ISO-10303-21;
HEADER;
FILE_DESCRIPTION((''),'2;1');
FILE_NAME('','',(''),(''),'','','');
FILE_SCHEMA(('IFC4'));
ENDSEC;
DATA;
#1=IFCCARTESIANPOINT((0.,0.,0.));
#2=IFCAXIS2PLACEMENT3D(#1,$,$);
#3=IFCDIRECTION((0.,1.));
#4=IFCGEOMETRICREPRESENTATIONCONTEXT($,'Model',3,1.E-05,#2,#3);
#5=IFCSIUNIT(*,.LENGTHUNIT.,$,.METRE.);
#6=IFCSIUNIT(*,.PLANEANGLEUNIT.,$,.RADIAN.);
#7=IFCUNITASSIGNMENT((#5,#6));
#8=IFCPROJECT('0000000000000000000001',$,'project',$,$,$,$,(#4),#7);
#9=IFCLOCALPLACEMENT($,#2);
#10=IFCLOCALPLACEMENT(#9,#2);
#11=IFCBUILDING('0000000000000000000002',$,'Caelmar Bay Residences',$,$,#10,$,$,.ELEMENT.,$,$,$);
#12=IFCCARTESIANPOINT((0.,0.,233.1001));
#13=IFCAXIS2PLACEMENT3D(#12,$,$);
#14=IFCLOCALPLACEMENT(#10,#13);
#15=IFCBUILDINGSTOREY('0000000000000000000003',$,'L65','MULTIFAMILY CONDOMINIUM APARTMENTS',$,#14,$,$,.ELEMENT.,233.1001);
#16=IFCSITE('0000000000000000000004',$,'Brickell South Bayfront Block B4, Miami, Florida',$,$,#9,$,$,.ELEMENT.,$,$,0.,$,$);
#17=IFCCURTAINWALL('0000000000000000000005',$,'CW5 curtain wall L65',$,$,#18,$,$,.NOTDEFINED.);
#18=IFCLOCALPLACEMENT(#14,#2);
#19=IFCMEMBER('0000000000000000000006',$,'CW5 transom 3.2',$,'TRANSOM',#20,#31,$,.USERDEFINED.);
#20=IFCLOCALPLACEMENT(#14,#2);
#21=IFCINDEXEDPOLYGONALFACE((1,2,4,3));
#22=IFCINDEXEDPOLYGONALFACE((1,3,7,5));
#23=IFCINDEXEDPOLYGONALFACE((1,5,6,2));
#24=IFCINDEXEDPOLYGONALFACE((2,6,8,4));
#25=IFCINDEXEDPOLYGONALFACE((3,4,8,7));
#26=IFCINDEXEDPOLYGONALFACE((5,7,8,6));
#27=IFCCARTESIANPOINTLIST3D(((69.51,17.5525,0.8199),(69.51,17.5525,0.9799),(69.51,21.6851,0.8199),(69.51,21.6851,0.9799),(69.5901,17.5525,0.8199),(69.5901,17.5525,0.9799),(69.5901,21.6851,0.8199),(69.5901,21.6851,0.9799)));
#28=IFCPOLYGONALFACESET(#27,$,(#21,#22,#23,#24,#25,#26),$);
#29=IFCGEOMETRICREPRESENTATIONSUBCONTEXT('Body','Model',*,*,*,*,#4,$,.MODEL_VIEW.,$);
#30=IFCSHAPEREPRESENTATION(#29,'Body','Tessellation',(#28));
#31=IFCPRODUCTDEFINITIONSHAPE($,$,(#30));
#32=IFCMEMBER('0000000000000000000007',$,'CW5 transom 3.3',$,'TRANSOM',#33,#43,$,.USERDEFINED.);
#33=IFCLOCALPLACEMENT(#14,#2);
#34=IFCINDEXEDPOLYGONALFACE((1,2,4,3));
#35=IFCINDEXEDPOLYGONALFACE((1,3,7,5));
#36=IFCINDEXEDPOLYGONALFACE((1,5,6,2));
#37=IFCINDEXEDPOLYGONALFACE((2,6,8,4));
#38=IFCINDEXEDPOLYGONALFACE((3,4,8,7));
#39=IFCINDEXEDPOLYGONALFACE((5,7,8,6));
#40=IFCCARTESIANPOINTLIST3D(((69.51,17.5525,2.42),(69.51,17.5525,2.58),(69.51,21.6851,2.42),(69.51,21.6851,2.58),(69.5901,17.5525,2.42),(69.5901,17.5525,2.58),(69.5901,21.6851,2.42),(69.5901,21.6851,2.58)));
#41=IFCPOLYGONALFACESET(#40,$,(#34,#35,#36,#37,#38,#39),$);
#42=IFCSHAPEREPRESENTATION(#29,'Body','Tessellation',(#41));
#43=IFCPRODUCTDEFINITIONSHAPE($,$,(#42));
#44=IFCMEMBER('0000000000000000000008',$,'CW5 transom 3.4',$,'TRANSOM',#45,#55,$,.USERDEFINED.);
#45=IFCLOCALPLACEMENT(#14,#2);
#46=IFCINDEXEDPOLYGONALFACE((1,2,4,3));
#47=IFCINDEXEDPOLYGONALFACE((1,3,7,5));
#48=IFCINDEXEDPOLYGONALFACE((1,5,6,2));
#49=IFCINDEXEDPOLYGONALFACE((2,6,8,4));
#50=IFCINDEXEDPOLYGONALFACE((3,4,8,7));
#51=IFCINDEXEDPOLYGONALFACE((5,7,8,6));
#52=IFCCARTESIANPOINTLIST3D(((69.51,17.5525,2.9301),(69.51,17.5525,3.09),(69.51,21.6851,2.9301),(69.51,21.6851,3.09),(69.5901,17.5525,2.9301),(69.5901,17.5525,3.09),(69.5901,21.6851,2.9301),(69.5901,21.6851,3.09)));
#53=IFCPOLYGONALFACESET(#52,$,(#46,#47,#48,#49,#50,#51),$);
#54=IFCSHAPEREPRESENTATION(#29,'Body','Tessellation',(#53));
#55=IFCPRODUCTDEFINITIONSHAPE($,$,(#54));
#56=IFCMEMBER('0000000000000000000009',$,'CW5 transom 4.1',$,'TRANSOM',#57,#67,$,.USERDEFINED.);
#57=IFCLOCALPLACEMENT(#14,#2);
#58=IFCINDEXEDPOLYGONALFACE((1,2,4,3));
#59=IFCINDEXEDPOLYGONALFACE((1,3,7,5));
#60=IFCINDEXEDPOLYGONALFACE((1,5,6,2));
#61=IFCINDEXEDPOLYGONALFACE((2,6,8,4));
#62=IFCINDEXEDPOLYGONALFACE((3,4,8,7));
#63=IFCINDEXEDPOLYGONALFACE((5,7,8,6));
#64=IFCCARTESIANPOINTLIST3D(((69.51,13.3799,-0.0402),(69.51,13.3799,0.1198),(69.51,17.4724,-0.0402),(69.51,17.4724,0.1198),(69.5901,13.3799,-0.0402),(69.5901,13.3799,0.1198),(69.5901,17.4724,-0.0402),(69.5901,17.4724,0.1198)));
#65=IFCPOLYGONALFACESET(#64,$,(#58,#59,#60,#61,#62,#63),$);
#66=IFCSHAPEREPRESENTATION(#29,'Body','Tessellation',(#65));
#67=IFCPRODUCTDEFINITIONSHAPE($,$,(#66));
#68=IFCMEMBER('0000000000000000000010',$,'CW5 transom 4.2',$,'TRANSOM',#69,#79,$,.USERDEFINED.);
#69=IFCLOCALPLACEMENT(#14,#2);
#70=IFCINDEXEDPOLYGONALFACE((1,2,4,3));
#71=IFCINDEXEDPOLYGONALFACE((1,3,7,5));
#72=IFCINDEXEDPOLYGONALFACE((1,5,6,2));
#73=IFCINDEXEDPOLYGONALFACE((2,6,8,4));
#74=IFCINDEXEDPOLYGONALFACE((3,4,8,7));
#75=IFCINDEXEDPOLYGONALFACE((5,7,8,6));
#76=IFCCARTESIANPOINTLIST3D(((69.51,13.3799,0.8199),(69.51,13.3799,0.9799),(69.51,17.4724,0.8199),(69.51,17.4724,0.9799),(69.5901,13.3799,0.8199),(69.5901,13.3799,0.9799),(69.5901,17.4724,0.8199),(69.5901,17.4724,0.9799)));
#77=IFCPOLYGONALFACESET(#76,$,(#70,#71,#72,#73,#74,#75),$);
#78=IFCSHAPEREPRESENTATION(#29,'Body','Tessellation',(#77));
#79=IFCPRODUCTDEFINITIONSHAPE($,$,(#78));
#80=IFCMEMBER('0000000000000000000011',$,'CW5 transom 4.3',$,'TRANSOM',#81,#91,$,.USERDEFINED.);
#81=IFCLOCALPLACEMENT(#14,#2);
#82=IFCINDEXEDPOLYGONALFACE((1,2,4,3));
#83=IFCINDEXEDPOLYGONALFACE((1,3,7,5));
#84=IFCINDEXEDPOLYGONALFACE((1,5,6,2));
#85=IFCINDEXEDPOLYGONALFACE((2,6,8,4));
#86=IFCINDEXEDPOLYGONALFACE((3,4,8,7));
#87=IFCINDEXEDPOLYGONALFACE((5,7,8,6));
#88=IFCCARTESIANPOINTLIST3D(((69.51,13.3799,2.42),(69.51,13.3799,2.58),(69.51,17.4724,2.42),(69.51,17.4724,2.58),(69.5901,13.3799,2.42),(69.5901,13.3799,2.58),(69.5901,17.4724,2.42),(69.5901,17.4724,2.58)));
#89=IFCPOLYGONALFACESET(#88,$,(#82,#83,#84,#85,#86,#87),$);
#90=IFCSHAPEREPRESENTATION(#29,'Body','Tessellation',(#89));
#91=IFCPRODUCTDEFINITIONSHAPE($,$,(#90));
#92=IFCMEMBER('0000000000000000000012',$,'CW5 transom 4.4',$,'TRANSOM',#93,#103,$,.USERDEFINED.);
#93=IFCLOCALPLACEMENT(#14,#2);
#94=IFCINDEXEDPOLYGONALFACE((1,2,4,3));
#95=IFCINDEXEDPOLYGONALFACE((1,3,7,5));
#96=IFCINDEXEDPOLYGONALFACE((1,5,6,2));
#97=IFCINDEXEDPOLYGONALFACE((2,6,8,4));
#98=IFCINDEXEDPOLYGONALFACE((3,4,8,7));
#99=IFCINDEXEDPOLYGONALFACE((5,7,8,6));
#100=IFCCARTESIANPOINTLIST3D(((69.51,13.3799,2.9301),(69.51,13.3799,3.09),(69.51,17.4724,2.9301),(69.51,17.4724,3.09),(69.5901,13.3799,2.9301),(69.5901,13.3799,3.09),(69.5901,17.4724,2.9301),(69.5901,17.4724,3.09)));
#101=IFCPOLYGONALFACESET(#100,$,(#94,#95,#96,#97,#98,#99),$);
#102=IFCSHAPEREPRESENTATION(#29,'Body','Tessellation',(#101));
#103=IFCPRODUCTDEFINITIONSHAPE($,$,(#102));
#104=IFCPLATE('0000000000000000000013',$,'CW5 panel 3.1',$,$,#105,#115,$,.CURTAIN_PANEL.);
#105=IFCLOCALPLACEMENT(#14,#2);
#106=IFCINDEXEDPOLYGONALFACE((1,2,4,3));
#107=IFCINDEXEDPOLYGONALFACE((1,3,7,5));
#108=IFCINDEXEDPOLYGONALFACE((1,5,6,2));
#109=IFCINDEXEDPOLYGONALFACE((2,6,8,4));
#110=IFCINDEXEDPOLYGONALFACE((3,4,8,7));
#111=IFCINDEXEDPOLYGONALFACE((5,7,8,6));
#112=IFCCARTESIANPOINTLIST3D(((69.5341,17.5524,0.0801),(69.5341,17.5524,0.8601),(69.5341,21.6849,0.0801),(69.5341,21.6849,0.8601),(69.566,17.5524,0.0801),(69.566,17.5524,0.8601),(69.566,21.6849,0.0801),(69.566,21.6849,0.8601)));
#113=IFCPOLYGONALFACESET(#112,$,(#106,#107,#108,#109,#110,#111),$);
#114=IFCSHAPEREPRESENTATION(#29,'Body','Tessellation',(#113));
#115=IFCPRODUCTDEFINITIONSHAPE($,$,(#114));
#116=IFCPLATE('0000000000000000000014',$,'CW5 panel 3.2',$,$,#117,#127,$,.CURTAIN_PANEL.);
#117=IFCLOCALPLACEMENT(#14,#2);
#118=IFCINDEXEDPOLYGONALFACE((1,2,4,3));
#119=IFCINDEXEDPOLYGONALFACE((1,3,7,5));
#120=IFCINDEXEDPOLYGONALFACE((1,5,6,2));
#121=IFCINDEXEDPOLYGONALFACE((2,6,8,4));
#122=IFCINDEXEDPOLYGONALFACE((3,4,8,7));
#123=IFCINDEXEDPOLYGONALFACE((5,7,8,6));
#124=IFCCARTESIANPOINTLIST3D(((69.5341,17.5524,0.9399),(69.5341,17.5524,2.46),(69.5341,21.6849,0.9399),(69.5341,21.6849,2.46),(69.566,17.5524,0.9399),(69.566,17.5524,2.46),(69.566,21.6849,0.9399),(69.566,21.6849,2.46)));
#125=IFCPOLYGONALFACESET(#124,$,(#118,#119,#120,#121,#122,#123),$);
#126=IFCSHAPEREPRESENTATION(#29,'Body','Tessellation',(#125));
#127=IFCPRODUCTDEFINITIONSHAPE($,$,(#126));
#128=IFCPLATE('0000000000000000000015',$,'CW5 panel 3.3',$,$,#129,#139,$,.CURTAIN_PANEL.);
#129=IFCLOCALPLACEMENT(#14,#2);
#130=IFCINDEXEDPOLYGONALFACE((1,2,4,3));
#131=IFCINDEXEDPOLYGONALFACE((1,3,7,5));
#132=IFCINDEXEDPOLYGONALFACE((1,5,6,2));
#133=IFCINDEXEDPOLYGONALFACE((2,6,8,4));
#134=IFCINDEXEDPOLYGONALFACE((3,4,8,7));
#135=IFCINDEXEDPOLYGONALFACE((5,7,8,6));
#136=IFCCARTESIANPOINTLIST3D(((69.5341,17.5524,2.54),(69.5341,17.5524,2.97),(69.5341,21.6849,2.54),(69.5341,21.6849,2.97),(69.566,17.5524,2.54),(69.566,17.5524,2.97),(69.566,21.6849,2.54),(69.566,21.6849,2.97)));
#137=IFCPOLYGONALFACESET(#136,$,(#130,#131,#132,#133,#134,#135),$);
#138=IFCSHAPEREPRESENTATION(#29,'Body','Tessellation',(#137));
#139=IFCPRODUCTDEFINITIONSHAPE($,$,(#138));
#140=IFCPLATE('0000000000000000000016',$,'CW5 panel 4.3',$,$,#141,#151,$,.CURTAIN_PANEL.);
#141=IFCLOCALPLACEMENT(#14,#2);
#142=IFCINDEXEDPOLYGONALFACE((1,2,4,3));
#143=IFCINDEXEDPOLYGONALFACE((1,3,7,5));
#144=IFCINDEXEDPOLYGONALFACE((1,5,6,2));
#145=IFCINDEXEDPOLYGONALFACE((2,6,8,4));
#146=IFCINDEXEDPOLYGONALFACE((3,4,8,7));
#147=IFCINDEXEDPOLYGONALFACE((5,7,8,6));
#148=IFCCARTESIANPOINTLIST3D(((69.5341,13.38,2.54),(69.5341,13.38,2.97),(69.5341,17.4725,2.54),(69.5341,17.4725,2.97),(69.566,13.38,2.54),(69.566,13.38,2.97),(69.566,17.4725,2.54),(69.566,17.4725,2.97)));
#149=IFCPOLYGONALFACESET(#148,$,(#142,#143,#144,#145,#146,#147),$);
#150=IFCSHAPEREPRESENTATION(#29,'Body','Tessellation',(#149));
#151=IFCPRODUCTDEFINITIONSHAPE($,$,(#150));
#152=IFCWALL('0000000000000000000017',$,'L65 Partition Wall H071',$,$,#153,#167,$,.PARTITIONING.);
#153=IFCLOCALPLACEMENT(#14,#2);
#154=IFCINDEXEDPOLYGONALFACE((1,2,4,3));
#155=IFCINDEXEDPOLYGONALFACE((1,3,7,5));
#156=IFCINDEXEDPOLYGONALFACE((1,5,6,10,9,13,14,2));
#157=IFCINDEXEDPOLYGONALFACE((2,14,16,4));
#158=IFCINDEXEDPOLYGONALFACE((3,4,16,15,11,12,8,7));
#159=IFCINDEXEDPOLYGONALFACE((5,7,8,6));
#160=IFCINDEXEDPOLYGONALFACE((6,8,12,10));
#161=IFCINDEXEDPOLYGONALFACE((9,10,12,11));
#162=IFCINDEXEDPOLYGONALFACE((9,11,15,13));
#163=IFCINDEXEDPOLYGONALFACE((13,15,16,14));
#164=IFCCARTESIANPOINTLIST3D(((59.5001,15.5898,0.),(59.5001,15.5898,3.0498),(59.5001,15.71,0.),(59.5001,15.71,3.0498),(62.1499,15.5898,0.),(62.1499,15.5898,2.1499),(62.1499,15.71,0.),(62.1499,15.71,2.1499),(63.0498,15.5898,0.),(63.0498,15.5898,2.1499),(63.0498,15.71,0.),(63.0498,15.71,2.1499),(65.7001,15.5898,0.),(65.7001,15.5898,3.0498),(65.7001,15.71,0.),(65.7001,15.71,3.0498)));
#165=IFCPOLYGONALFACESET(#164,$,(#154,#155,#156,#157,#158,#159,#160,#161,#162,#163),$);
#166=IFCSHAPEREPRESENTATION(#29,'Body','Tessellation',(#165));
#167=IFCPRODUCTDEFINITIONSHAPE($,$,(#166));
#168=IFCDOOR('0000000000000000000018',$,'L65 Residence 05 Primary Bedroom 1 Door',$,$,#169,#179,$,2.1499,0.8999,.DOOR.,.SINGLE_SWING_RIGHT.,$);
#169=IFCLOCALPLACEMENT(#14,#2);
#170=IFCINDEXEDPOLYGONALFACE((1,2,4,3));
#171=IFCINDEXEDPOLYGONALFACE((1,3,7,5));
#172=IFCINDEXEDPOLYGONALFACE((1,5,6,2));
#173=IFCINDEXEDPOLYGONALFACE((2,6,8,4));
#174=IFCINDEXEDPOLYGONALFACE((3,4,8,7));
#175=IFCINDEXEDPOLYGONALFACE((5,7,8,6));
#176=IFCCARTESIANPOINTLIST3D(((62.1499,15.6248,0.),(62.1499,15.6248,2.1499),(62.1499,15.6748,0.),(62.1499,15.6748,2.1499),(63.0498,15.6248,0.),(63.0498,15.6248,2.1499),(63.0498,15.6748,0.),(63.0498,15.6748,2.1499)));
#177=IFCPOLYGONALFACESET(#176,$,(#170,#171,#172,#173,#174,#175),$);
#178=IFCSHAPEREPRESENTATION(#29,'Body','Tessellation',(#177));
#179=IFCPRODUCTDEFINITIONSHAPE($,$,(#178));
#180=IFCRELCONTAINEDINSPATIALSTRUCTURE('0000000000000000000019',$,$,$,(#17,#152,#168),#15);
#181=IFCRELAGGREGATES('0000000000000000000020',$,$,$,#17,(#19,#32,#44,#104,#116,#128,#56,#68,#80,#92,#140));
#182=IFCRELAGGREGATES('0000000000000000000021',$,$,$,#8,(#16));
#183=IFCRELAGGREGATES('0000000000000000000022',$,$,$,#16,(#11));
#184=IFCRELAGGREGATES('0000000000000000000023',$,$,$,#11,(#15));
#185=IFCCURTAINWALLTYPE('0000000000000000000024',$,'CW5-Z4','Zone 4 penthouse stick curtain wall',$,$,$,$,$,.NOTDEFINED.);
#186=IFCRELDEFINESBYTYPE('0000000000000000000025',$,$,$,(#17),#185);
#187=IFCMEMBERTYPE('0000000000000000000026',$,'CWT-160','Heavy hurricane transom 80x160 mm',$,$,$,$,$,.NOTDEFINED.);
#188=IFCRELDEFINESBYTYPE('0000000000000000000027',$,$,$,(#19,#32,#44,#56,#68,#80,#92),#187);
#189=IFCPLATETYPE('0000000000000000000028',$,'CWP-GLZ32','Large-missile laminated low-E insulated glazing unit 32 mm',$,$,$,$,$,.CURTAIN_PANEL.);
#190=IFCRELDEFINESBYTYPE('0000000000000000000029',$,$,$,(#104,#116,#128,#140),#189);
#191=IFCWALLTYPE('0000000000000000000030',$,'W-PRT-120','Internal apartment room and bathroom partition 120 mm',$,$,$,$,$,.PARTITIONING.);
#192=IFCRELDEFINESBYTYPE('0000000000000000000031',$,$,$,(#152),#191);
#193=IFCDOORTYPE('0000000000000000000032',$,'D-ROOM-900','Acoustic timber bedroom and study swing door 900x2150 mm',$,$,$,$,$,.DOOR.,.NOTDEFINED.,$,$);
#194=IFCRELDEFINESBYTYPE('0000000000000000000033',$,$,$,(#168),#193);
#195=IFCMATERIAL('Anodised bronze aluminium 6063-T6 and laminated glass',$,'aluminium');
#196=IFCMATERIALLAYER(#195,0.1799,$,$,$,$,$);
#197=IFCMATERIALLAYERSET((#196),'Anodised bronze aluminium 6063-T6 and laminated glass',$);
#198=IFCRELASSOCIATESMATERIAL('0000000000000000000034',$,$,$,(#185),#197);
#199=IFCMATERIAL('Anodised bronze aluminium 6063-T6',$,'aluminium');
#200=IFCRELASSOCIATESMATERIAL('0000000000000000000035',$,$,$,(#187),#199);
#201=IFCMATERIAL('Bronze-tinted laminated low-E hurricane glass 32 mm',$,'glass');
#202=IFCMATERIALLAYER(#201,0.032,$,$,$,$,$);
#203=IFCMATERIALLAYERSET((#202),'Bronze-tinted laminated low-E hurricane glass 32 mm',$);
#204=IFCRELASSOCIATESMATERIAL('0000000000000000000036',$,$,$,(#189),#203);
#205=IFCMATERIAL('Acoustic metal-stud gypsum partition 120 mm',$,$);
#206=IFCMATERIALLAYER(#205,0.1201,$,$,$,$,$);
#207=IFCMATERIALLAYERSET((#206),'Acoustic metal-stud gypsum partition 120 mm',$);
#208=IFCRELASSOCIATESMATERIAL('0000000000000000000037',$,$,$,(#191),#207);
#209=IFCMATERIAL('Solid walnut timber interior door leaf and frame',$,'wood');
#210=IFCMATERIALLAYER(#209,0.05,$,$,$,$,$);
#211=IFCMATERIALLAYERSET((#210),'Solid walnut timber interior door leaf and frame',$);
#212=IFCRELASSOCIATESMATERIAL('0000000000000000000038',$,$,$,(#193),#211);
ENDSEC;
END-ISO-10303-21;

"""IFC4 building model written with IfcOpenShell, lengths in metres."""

from ifc_helpers import new_model, si_unit, direction, frame, frame_2d, origin, origin_2d, place, context, subcontext, project, spatial, rectangle, extrude, material, layer, layer_set, material_profile, profile_set, type_object, element, fill, aggregate, save


model = new_model("IFC4")

# Units and contexts
model_context = context("Model", 3, precision=1e-05, world=origin(), true_north=direction((0.0, 1.0)))
body_context = subcontext(model_context, "Body", "Model", "MODEL_VIEW")
ifc_project = project(units=[si_unit("LENGTHUNIT", "METRE"), si_unit("PLANEANGLEUNIT", "RADIAN")], contexts=[model_context])

# Site, building, storey
site_placement = place(None, origin())
site = spatial("IfcSite", under=ifc_project, at=site_placement, Name="Brickell South Bayfront Block B4, Miami, Florida", CompositionType="ELEMENT", RefElevation=0.0)
building_placement = place(site_placement, origin())
building = spatial("IfcBuilding", under=site, at=building_placement, Name="Caelmar Bay Residences", CompositionType="ELEMENT")
storey_placement = place(building_placement, frame((0.0, 0.0, 233.1001)))
storey = spatial("IfcBuildingStorey", under=building, at=storey_placement, Name="L65", Description="MULTIFAMILY CONDOMINIUM APARTMENTS", CompositionType="ELEMENT", Elevation=233.1001)

# Curtain wall, members, plates
ifc_material_1 = material(Name="Anodised bronze aluminium 6063-T6 and laminated glass", Category="aluminium")
ifc_layer_1 = layer(ifc_material_1, 0.1799)
ifc_layer_set_1 = layer_set([ifc_layer_1], Name="Anodised bronze aluminium 6063-T6 and laminated glass")
curtain_wall_type = type_object("IfcCurtainWallType", Name="CW5-Z4", Description="Zone 4 penthouse stick curtain wall", PredefinedType="NOTDEFINED", material=ifc_layer_set_1)
curtain_wall_placement = place(storey_placement, origin())
curtain_wall = element("IfcCurtainWall", 1, at=curtain_wall_placement, inside=storey, type_object=curtain_wall_type, Name="CW5 curtain wall L65", PredefinedType="NOTDEFINED")
ifc_material_2 = material(Name="Anodised bronze aluminium 6063-T6", Category="aluminium")
ifc_material_profile_1 = material_profile(ifc_material_2, rectangle(XDim=0.0801, YDim=0.1599, at=origin_2d()), Name="CWT-80X160")
ifc_profile_set_1 = profile_set([ifc_material_profile_1], Name="Anodised bronze aluminium 6063-T6")
member_type_1 = type_object("IfcMemberType", Name="CWT-160", Description="Heavy hurricane transom 80x160 mm", PredefinedType="NOTDEFINED", material=ifc_profile_set_1)
member_1_placement = place(storey_placement, frame((69.55, 21.6851, 0.8999), z_axis=(0.0, -1.0, 0.0), x_axis=(1.0, 0.0, 0.0)))
member_1 = element("IfcMember", 2, at=member_1_placement, type_object=member_type_1, Name="CW5 transom 3.2", ObjectType="TRANSOM", PredefinedType="USERDEFINED", context=body_context, shape_type="SweptSolid", body=[
    extrude(rectangle(XDim=0.0801, YDim=0.1599, at=origin_2d()), origin(), (0.0, 0.0, 1.0), 4.1326),
])
member_2_placement = place(storey_placement, frame((69.55, 21.6851, 2.5), z_axis=(0.0, -1.0, 0.0), x_axis=(1.0, 0.0, 0.0)))
member_2 = element("IfcMember", 3, at=member_2_placement, type_object=member_type_1, Name="CW5 transom 3.3", ObjectType="TRANSOM", PredefinedType="USERDEFINED", context=body_context, shape_type="SweptSolid", body=[
    extrude(rectangle(XDim=0.0801, YDim=0.1599, at=origin_2d()), origin(), (0.0, 0.0, 1.0), 4.1326),
])
member_3_placement = place(storey_placement, frame((69.55, 21.6851, 3.01), z_axis=(0.0, -1.0, 0.0), x_axis=(1.0, 0.0, 0.0)))
member_3 = element("IfcMember", 4, at=member_3_placement, type_object=member_type_1, Name="CW5 transom 3.4", ObjectType="TRANSOM", PredefinedType="USERDEFINED", context=body_context, shape_type="SweptSolid", body=[
    extrude(rectangle(XDim=0.0801, YDim=0.1599, at=origin_2d()), origin(), (0.0, 0.0, 1.0), 4.1326),
])
member_4_placement = place(storey_placement, frame((69.55, 17.4724, 0.0398), z_axis=(0.0, -1.0, 0.0), x_axis=(1.0, 0.0, 0.0)))
member_4 = element("IfcMember", 5, at=member_4_placement, type_object=member_type_1, Name="CW5 transom 4.1", ObjectType="TRANSOM", PredefinedType="USERDEFINED", context=body_context, shape_type="SweptSolid", body=[
    extrude(rectangle(XDim=0.0801, YDim=0.1599, at=origin_2d()), origin(), (0.0, 0.0, 1.0), 4.0925),
])
member_5_placement = place(storey_placement, frame((69.55, 17.4724, 0.8999), z_axis=(0.0, -1.0, 0.0), x_axis=(1.0, 0.0, 0.0)))
member_5 = element("IfcMember", 6, at=member_5_placement, type_object=member_type_1, Name="CW5 transom 4.2", ObjectType="TRANSOM", PredefinedType="USERDEFINED", context=body_context, shape_type="SweptSolid", body=[
    extrude(rectangle(XDim=0.0801, YDim=0.1599, at=origin_2d()), origin(), (0.0, 0.0, 1.0), 4.0925),
])
member_6_placement = place(storey_placement, frame((69.55, 17.4724, 2.5), z_axis=(0.0, -1.0, 0.0), x_axis=(1.0, 0.0, 0.0)))
member_6 = element("IfcMember", 7, at=member_6_placement, type_object=member_type_1, Name="CW5 transom 4.3", ObjectType="TRANSOM", PredefinedType="USERDEFINED", context=body_context, shape_type="SweptSolid", body=[
    extrude(rectangle(XDim=0.0801, YDim=0.1599, at=origin_2d()), origin(), (0.0, 0.0, 1.0), 4.0925),
])
member_7_placement = place(storey_placement, frame((69.55, 17.4724, 3.01), z_axis=(0.0, -1.0, 0.0), x_axis=(1.0, 0.0, 0.0)))
member_7 = element("IfcMember", 8, at=member_7_placement, type_object=member_type_1, Name="CW5 transom 4.4", ObjectType="TRANSOM", PredefinedType="USERDEFINED", context=body_context, shape_type="SweptSolid", body=[
    extrude(rectangle(XDim=0.0801, YDim=0.1599, at=origin_2d()), origin(), (0.0, 0.0, 1.0), 4.0925),
])
ifc_material_3 = material(Name="Bronze-tinted laminated low-E hurricane glass 32 mm", Category="glass")
ifc_layer_2 = layer(ifc_material_3, 0.032)
ifc_layer_set_2 = layer_set([ifc_layer_2], Name="Bronze-tinted laminated low-E hurricane glass 32 mm")
plate_type = type_object("IfcPlateType", Name="CWP-GLZ32", Description="Large-missile laminated low-E insulated glazing unit 32 mm", PredefinedType="CURTAIN_PANEL", material=ifc_layer_set_2)
plate_1_placement = place(storey_placement, frame((69.55, 19.6187, 0.0801), z_axis=(0.0, 0.0, 1.0), x_axis=(0.0, -1.0, 0.0)))
plate_1 = element("IfcPlate", 9, at=plate_1_placement, type_object=plate_type, Name="CW5 panel 3.1", PredefinedType="CURTAIN_PANEL", context=body_context, shape_type="SweptSolid", body=[
    extrude(rectangle(XDim=4.1326, YDim=0.032, at=origin_2d()), origin(), (0.0, 0.0, 1.0), 0.78),
])
plate_2_placement = place(storey_placement, frame((69.55, 19.6187, 0.9399), z_axis=(0.0, 0.0, 1.0), x_axis=(0.0, -1.0, 0.0)))
plate_2 = element("IfcPlate", 10, at=plate_2_placement, type_object=plate_type, Name="CW5 panel 3.2", PredefinedType="CURTAIN_PANEL", context=body_context, shape_type="SweptSolid", body=[
    extrude(rectangle(XDim=4.1326, YDim=0.032, at=origin_2d()), origin(), (0.0, 0.0, 1.0), 1.52),
])
plate_3_placement = place(storey_placement, frame((69.55, 19.6187, 2.54), z_axis=(0.0, 0.0, 1.0), x_axis=(0.0, -1.0, 0.0)))
plate_3 = element("IfcPlate", 11, at=plate_3_placement, type_object=plate_type, Name="CW5 panel 3.3", PredefinedType="CURTAIN_PANEL", context=body_context, shape_type="SweptSolid", body=[
    extrude(rectangle(XDim=4.1326, YDim=0.032, at=origin_2d()), origin(), (0.0, 0.0, 1.0), 0.4299),
])
plate_4_placement = place(storey_placement, frame((69.55, 15.4263, 2.54), z_axis=(0.0, 0.0, 1.0), x_axis=(0.0, -1.0, 0.0)))
plate_4 = element("IfcPlate", 12, at=plate_4_placement, type_object=plate_type, Name="CW5 panel 4.3", PredefinedType="CURTAIN_PANEL", context=body_context, shape_type="SweptSolid", body=[
    extrude(rectangle(XDim=4.0925, YDim=0.032, at=origin_2d()), origin(), (0.0, 0.0, 1.0), 0.4299),
])
aggregate(curtain_wall, [member_1, member_2, member_3, plate_1, plate_2, plate_3, member_4, member_5, member_6, member_7, plate_4])

# Wall, opening, door
ifc_material_4 = material(Name="Acoustic metal-stud gypsum partition 120 mm")
ifc_layer_3 = layer(ifc_material_4, 0.1201)
ifc_layer_set_3 = layer_set([ifc_layer_3], Name="Acoustic metal-stud gypsum partition 120 mm")
wall_type = type_object("IfcWallType", Name="W-PRT-120", Description="Internal apartment room and bathroom partition 120 mm", PredefinedType="PARTITIONING", material=ifc_layer_set_3)
wall_placement = place(storey_placement, frame((59.5, 15.6499, 0.0), z_axis=(0.0, 0.0, 1.0), x_axis=(1.0, 0.0, 0.0)))
wall = element("IfcWall", 13, at=wall_placement, inside=storey, type_object=wall_type, Name="L65 Partition Wall H071", PredefinedType="PARTITIONING", context=body_context, shape_type="SweptSolid", body=[
    extrude(rectangle(XDim=6.2, YDim=0.1201, at=frame_2d((3.1001, 0.0))), origin(), (0.0, 0.0, 1.0), 3.0498),
])
opening_placement = place(wall_placement, frame((2.6499, 0.0, 0.0)))
opening = element("IfcOpeningElement", 14, at=opening_placement, cuts=wall, PredefinedType="OPENING", context=body_context, shape_type="SweptSolid", body=[
    extrude(rectangle(XDim=0.8999, YDim=2.1499, at=frame_2d((0.45, 1.075))), frame((0.0, 0.0701, 0.0), z_axis=(0.0, -1.0, 0.0), x_axis=(1.0, 0.0, 0.0)), (0.0, 0.0, 1.0), 0.1401),
])
ifc_material_5 = material(Name="Solid walnut timber interior door leaf and frame", Category="wood")
ifc_layer_4 = layer(ifc_material_5, 0.05)
ifc_layer_set_4 = layer_set([ifc_layer_4], Name="Solid walnut timber interior door leaf and frame")
door_type = type_object("IfcDoorType", Name="D-ROOM-900", Description="Acoustic timber bedroom and study swing door 900x2150 mm", OperationType="NOTDEFINED", PredefinedType="DOOR", material=ifc_layer_set_4)
door_placement = place(opening_placement, origin())
door = element("IfcDoor", 15, at=door_placement, inside=storey, type_object=door_type, Name="L65 Residence 05 Primary Bedroom 1 Door", OperationType="SINGLE_SWING_RIGHT", OverallHeight=2.1499, OverallWidth=0.8999, PredefinedType="DOOR", context=body_context, shape_type="SweptSolid", body=[
    extrude(rectangle(XDim=0.8999, YDim=2.1499, at=frame_2d((0.45, 1.075))), frame((0.0, 0.0249, 0.0), z_axis=(0.0, -1.0, 0.0), x_axis=(1.0, 0.0, 0.0)), (0.0, 0.0, 1.0), 0.05),
])
fill(opening, door)

save(model, "model.ifc")
